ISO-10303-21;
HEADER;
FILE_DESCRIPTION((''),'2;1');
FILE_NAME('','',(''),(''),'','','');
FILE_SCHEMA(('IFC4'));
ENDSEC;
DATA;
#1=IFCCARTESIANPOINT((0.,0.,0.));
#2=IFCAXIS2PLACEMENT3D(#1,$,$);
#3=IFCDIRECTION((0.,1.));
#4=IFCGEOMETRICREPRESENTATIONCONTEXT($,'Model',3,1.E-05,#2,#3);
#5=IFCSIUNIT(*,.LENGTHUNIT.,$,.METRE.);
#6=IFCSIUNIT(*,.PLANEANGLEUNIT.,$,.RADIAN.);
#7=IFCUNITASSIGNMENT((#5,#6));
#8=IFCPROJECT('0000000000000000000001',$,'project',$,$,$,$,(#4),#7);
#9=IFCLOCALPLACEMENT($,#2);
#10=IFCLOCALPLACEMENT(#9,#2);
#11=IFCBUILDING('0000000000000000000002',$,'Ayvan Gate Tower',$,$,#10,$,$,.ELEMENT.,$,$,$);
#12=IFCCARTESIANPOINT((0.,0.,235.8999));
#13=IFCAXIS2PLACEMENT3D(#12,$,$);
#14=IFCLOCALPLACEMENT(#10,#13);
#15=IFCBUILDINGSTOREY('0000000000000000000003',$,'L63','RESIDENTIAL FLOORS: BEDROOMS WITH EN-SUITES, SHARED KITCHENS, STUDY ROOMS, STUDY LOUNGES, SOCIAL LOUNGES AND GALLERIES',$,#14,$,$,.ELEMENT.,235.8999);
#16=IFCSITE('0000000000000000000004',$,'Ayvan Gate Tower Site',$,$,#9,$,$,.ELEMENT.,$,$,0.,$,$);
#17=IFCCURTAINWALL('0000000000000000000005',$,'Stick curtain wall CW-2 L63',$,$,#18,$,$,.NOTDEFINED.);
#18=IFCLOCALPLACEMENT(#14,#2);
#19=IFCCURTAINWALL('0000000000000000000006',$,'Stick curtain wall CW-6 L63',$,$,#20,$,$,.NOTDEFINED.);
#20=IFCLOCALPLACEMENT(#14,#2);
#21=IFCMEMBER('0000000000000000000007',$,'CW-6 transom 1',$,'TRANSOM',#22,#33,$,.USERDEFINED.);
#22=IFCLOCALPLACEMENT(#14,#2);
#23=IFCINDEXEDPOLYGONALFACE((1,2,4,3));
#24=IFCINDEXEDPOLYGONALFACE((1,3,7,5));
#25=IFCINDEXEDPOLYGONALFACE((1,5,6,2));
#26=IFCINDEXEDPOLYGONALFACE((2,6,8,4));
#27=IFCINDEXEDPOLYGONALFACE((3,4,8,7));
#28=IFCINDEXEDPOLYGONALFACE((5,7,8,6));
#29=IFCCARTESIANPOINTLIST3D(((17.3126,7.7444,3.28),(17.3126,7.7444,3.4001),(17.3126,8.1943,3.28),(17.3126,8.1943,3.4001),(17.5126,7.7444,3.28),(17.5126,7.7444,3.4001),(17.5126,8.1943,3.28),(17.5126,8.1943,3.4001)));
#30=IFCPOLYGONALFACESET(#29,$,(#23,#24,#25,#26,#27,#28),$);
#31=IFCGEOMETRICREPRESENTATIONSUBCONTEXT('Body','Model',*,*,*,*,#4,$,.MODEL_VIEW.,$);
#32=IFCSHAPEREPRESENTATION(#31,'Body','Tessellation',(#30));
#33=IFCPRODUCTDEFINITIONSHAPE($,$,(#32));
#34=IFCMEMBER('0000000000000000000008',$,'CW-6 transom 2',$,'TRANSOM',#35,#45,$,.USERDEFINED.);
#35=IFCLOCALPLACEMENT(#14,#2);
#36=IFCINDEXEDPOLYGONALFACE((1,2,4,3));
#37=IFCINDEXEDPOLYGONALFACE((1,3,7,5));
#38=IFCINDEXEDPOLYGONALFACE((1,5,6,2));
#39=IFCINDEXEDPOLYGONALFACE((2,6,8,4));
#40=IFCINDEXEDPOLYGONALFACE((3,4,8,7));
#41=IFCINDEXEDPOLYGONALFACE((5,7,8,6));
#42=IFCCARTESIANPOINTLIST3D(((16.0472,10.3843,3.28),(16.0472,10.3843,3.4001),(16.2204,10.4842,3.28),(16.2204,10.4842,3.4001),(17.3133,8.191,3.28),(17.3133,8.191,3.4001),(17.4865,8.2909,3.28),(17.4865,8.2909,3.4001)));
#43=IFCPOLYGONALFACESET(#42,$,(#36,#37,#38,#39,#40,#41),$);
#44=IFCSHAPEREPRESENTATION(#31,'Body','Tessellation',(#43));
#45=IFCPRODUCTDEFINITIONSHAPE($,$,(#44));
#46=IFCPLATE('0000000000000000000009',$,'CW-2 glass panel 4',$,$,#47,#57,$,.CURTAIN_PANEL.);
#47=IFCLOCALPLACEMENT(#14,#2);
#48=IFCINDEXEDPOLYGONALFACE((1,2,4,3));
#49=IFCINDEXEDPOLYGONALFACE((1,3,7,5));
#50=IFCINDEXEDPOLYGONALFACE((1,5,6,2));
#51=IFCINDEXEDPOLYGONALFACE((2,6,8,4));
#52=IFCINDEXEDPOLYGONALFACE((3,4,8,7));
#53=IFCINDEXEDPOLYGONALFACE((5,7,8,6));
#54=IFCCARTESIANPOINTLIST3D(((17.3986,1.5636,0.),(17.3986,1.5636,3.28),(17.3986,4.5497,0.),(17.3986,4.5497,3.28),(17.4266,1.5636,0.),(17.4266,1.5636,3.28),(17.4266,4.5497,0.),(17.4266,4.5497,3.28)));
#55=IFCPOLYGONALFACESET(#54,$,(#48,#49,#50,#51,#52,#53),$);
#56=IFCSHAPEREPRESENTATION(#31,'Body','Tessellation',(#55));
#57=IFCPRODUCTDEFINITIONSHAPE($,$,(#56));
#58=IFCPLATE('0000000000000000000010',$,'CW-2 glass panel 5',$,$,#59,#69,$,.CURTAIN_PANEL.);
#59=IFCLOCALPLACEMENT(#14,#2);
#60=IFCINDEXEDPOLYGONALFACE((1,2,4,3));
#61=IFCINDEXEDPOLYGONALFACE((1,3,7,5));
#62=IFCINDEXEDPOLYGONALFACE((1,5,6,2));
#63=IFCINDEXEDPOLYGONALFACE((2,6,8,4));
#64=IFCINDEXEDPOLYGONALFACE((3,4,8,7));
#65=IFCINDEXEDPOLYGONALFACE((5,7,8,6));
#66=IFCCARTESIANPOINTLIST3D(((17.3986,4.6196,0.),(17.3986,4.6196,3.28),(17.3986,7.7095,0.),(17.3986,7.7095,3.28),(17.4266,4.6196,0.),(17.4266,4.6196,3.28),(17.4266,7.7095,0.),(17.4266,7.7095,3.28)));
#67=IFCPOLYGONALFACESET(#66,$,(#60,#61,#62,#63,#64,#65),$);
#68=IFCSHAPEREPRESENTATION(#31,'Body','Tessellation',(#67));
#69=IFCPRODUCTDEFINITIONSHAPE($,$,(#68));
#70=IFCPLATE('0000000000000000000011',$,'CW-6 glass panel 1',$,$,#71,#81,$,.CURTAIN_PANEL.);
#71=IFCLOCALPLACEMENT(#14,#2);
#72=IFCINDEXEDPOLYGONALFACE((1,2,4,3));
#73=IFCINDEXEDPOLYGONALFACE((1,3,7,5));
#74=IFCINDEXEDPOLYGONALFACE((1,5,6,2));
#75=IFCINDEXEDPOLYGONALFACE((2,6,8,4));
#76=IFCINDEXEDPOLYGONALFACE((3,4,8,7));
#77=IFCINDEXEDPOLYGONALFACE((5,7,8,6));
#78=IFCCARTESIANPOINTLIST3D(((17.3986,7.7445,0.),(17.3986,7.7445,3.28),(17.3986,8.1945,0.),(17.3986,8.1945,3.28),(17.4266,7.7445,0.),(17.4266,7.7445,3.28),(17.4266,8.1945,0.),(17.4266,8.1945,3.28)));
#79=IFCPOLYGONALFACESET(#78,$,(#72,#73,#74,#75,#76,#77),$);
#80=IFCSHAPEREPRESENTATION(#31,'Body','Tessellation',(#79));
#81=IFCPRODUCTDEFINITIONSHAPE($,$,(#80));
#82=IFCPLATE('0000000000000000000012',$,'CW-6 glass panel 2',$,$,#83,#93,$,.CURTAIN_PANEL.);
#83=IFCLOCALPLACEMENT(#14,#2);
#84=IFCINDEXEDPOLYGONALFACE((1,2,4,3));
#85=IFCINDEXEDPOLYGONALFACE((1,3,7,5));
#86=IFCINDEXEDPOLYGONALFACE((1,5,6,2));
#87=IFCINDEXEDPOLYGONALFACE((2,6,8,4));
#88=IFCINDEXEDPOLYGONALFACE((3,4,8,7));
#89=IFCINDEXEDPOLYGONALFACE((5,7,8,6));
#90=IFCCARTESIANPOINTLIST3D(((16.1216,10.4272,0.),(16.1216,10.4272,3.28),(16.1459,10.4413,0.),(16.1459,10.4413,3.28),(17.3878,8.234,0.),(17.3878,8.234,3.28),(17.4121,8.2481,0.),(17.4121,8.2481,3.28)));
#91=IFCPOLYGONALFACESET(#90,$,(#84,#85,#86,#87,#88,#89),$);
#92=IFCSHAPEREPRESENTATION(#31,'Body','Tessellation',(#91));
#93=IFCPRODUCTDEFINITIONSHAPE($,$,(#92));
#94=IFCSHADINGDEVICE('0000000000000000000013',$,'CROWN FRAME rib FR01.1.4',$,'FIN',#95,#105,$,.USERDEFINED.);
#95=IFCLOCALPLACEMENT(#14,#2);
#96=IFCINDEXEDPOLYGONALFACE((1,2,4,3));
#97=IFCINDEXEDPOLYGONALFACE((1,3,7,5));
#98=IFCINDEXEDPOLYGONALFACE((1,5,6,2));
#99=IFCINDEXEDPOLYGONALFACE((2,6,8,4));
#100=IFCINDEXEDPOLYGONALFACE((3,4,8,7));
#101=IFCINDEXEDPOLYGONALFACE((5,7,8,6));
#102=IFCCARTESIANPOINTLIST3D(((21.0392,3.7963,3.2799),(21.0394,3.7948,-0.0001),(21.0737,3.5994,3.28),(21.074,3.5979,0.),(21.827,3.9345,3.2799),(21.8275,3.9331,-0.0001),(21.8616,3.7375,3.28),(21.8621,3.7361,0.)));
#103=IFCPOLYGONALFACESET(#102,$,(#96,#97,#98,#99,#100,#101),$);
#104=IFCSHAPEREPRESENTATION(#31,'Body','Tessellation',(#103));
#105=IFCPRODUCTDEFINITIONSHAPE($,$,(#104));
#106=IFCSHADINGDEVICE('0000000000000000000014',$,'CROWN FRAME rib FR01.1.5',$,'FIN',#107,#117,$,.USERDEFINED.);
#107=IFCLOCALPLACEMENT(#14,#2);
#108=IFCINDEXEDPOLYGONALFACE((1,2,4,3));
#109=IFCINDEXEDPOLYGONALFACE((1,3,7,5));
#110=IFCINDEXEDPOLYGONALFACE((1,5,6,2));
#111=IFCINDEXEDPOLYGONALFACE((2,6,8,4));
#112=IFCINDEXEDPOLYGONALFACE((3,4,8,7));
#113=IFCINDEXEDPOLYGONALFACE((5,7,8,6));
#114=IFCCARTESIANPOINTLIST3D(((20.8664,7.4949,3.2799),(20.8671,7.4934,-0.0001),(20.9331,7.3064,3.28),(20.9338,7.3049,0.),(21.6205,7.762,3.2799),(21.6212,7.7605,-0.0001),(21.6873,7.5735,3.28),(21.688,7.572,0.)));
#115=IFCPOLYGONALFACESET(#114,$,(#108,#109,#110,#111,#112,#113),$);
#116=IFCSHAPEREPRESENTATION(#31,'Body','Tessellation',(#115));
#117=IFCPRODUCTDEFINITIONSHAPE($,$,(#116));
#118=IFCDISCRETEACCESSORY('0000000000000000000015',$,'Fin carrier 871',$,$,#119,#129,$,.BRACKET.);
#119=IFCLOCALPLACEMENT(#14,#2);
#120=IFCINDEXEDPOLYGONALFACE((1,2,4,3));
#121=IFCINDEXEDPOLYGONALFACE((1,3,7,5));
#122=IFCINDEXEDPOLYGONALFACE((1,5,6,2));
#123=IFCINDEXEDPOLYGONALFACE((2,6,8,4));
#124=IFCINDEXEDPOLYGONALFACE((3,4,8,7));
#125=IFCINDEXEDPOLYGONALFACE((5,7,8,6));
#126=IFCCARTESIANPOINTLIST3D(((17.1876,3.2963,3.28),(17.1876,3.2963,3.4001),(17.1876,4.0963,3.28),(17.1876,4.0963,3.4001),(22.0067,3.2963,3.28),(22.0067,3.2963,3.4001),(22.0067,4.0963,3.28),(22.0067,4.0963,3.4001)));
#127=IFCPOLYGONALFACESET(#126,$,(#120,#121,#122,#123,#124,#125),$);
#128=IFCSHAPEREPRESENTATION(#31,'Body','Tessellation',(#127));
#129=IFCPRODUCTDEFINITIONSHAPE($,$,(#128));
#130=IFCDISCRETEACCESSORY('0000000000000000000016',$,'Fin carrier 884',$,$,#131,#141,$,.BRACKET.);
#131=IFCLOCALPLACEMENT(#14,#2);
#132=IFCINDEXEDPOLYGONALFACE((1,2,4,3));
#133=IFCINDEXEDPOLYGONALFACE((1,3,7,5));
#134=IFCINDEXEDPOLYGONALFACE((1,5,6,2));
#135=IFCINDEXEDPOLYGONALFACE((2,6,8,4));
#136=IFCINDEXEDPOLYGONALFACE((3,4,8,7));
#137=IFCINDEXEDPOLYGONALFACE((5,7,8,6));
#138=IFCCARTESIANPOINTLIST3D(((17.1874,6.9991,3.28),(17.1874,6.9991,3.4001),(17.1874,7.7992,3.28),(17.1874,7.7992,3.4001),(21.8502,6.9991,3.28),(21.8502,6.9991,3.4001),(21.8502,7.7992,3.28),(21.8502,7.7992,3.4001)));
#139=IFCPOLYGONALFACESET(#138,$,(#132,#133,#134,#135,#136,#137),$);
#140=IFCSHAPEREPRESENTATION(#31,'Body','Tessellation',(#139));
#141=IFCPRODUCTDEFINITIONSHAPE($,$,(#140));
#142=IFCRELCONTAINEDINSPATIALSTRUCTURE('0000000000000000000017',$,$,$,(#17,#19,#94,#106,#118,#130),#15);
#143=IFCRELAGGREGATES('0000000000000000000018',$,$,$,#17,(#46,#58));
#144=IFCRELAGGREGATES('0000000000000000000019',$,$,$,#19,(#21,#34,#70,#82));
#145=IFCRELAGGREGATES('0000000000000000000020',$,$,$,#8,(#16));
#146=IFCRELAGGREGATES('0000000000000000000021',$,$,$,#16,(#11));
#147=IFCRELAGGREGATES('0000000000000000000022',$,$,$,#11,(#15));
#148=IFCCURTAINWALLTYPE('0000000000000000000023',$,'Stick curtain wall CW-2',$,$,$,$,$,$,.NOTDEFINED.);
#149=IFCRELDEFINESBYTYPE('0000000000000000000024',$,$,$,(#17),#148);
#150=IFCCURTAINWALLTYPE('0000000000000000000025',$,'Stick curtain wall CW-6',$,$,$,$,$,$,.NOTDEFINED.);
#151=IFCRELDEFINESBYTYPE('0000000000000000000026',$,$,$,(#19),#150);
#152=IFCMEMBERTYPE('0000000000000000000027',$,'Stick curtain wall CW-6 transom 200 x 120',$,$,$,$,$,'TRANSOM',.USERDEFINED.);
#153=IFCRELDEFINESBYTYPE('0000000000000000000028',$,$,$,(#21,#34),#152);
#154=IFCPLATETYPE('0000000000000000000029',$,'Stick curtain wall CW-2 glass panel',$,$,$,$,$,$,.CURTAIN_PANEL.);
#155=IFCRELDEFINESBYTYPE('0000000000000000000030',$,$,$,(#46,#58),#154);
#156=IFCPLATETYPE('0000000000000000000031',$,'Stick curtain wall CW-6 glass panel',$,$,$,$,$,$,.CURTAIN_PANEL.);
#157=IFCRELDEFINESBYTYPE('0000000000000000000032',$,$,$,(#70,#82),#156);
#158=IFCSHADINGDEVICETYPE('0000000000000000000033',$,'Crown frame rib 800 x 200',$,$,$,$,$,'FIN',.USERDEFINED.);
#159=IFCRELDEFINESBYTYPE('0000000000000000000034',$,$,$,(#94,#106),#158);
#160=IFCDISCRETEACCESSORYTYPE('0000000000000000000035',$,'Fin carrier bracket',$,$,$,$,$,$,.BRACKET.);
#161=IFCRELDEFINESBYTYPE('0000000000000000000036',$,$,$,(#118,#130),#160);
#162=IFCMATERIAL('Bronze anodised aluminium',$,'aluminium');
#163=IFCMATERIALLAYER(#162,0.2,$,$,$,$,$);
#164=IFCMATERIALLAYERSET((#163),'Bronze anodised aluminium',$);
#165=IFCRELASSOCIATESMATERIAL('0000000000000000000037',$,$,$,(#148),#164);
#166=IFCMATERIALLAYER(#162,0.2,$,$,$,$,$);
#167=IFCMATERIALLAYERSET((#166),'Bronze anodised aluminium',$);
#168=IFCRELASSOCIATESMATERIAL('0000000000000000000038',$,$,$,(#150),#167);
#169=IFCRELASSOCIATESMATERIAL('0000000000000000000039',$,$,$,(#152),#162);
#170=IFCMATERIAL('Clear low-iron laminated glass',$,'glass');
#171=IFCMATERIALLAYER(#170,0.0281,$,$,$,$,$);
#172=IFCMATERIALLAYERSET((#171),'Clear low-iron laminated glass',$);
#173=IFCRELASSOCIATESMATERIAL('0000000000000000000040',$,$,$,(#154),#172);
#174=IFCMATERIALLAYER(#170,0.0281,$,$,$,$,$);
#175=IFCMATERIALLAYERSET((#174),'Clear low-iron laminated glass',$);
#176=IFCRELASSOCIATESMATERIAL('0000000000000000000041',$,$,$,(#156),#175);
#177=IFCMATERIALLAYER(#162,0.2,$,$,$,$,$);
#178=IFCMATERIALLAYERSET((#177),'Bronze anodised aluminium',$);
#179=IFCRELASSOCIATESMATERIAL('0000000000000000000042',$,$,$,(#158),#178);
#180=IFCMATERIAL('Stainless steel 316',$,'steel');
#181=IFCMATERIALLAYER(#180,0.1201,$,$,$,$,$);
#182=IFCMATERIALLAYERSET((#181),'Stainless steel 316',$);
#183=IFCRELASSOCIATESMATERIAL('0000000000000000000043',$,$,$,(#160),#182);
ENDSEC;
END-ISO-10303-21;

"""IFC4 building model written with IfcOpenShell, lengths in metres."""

from ifc_helpers import new_model, si_unit, direction, frame, origin, origin_2d, place, context, subcontext, project, spatial, polyline, rectangle, outline, extrude, material, layer, layer_set, material_profile, profile_set, type_object, element, aggregate, save


model = new_model("IFC4")

# Units and contexts
model_context = context("Model", 3, precision=1e-05, world=origin(), true_north=direction((0.0, 1.0)))
body_context = subcontext(model_context, "Body", "Model", "MODEL_VIEW")
ifc_project = project(units=[si_unit("LENGTHUNIT", "METRE"), si_unit("PLANEANGLEUNIT", "RADIAN")], contexts=[model_context])

# Site, building, storey
site_placement = place(None, origin())
site = spatial("IfcSite", under=ifc_project, at=site_placement, Name="Ayvan Gate Tower Site", CompositionType="ELEMENT", RefElevation=0.0)
building_placement = place(site_placement, origin())
building = spatial("IfcBuilding", under=site, at=building_placement, Name="Ayvan Gate Tower", CompositionType="ELEMENT")
storey_placement = place(building_placement, frame((0.0, 0.0, 235.8999)))
storey = spatial("IfcBuildingStorey", under=building, at=storey_placement, Name="L63", Description="RESIDENTIAL FLOORS: BEDROOMS WITH EN-SUITES, SHARED KITCHENS, STUDY ROOMS, STUDY LOUNGES, SOCIAL LOUNGES AND GALLERIES", CompositionType="ELEMENT", Elevation=235.8999)

# Curtain walls, members
ifc_material_1 = material(Name="Bronze anodised aluminium", Category="aluminium")
ifc_layer_1 = layer(ifc_material_1, 0.2)
ifc_layer_set_1 = layer_set([ifc_layer_1], Name="Bronze anodised aluminium")
curtain_wall_type_1 = type_object("IfcCurtainWallType", Name="Stick curtain wall CW-2", PredefinedType="NOTDEFINED", material=ifc_layer_set_1)
curtain_wall_1_placement = place(storey_placement, origin())
curtain_wall_1 = element("IfcCurtainWall", 1, at=curtain_wall_1_placement, inside=storey, type_object=curtain_wall_type_1, Name="Stick curtain wall CW-2 L63", PredefinedType="NOTDEFINED")
ifc_layer_2 = layer(ifc_material_1, 0.2)
ifc_layer_set_2 = layer_set([ifc_layer_2], Name="Bronze anodised aluminium")
curtain_wall_type_2 = type_object("IfcCurtainWallType", Name="Stick curtain wall CW-6", PredefinedType="NOTDEFINED", material=ifc_layer_set_2)
curtain_wall_2_placement = place(storey_placement, origin())
curtain_wall_2 = element("IfcCurtainWall", 2, at=curtain_wall_2_placement, inside=storey, type_object=curtain_wall_type_2, Name="Stick curtain wall CW-6 L63", PredefinedType="NOTDEFINED")
ifc_material_profile_1 = material_profile(ifc_material_1, rectangle(XDim=0.2, YDim=0.1201, at=origin_2d()), Name="Stick curtain wall CW-6 transom 200 x 120")
ifc_profile_set_1 = profile_set([ifc_material_profile_1], Name="Bronze anodised aluminium")
member_type_1 = type_object("IfcMemberType", Name="Stick curtain wall CW-6 transom 200 x 120", ElementType="TRANSOM", PredefinedType="USERDEFINED", material=ifc_profile_set_1)
member_1_placement = place(storey_placement, frame((17.4126, 7.7444, 3.3401), z_axis=(0.0, 1.0, 0.0), x_axis=(-1.0, 0.0, 0.0)))
member_1 = element("IfcMember", 3, at=member_1_placement, type_object=member_type_1, Name="CW-6 transom 1", ObjectType="TRANSOM", PredefinedType="USERDEFINED", context=body_context, shape_type="SweptSolid", body=[
    extrude(rectangle(XDim=0.2, YDim=0.1201, at=origin_2d()), origin(), (0.0, 0.0, 1.0), 0.45),
])
member_2_placement = place(storey_placement, frame((17.3999, 8.241, 3.3401), z_axis=(-0.499934, 0.866064, 0.0), x_axis=(-0.866064, -0.499934, 0.0)))
member_2 = element("IfcMember", 4, at=member_2_placement, type_object=member_type_1, Name="CW-6 transom 2", ObjectType="TRANSOM", PredefinedType="USERDEFINED", context=body_context, shape_type="SweptSolid", body=[
    extrude(rectangle(XDim=0.2, YDim=0.1201, at=origin_2d()), origin(), (0.0, 0.0, 1.0), 2.5325),
])

# Plates
ifc_material_2 = material(Name="Clear low-iron laminated glass", Category="glass")
ifc_layer_3 = layer(ifc_material_2, 0.0281)
ifc_layer_set_3 = layer_set([ifc_layer_3], Name="Clear low-iron laminated glass")
plate_type_1 = type_object("IfcPlateType", Name="Stick curtain wall CW-2 glass panel", PredefinedType="CURTAIN_PANEL", material=ifc_layer_set_3)
plate_1_placement = place(storey_placement, frame((17.4126, 3.0566, 0.0), z_axis=(0.0, 0.0, 1.0), x_axis=(0.0, 1.0, 0.0)))
plate_1 = element("IfcPlate", 5, at=plate_1_placement, type_object=plate_type_1, Name="CW-2 glass panel 4", PredefinedType="CURTAIN_PANEL", context=body_context, shape_type="SweptSolid", body=[
    extrude(rectangle(XDim=2.9861, YDim=0.0281, at=origin_2d()), origin(), (0.0, 0.0, 1.0), 3.28),
])
plate_2_placement = place(storey_placement, frame((17.4126, 6.1646, 0.0), z_axis=(0.0, 0.0, 1.0), x_axis=(0.0, 1.0, 0.0)))
plate_2 = element("IfcPlate", 6, at=plate_2_placement, type_object=plate_type_1, Name="CW-2 glass panel 5", PredefinedType="CURTAIN_PANEL", context=body_context, shape_type="SweptSolid", body=[
    extrude(rectangle(XDim=3.0898, YDim=0.0281, at=origin_2d()), origin(), (0.0, 0.0, 1.0), 3.28),
])
aggregate(curtain_wall_1, [plate_1, plate_2])
ifc_layer_4 = layer(ifc_material_2, 0.0281)
ifc_layer_set_4 = layer_set([ifc_layer_4], Name="Clear low-iron laminated glass")
plate_type_2 = type_object("IfcPlateType", Name="Stick curtain wall CW-6 glass panel", PredefinedType="CURTAIN_PANEL", material=ifc_layer_set_4)
plate_3_placement = place(storey_placement, frame((17.4126, 7.9695, 0.0), z_axis=(0.0, 0.0, 1.0), x_axis=(0.0, 1.0, 0.0)))
plate_3 = element("IfcPlate", 7, at=plate_3_placement, type_object=plate_type_2, Name="CW-6 glass panel 1", PredefinedType="CURTAIN_PANEL", context=body_context, shape_type="SweptSolid", body=[
    extrude(rectangle(XDim=0.45, YDim=0.0281, at=origin_2d()), origin(), (0.0, 0.0, 1.0), 3.28),
])
plate_4_placement = place(storey_placement, frame((16.7668, 9.3376, 0.0), z_axis=(0.0, 0.0, 1.0), x_axis=(-0.5, 0.866025, 0.0)))
plate_4 = element("IfcPlate", 8, at=plate_4_placement, type_object=plate_type_2, Name="CW-6 glass panel 2", PredefinedType="CURTAIN_PANEL", context=body_context, shape_type="SweptSolid", body=[
    extrude(rectangle(XDim=2.5325, YDim=0.0281, at=origin_2d()), origin(), (0.0, 0.0, 1.0), 3.28),
])
aggregate(curtain_wall_2, [member_1, member_2, plate_3, plate_4])

# Shading devices
ifc_layer_5 = layer(ifc_material_1, 0.2)
ifc_layer_set_5 = layer_set([ifc_layer_5], Name="Bronze anodised aluminium")
shading_device_type = type_object("IfcShadingDeviceType", Name="Crown frame rib 800 x 200", ElementType="FIN", PredefinedType="USERDEFINED", material=ifc_layer_set_5)
shading_device_1_placement = place(storey_placement, frame((21.074, 3.5979, 0.0), z_axis=(0.172732, -0.984969, 0.000459), x_axis=(0.984969, 0.172732, 0.0)))
element("IfcShadingDevice", 9, at=shading_device_1_placement, inside=storey, type_object=shading_device_type, Name="CROWN FRAME rib FR01.1.4", ObjectType="FIN", PredefinedType="USERDEFINED", context=body_context, shape_type="SweptSolid", body=[
    extrude(outline(polyline([(0.0, 0.0), (0.8001, 0.0), (0.7999, 3.28), (0.0, 3.28), (0.0, 0.0)])), origin(), (0.0, 0.0, -1.0), 0.2),
])
shading_device_2_placement = place(storey_placement, frame((20.9338, 7.3049, 0.0), z_axis=(0.333841, -0.942629, 0.000496), x_axis=(0.942629, 0.333841, 0.0)))
element("IfcShadingDevice", 10, at=shading_device_2_placement, inside=storey, type_object=shading_device_type, Name="CROWN FRAME rib FR01.1.5", ObjectType="FIN", PredefinedType="USERDEFINED", context=body_context, shape_type="SweptSolid", body=[
    extrude(outline(polyline([(0.0, 0.0), (0.8, 0.0), (0.7998, 3.28), (-0.0002, 3.28), (0.0, 0.0)])), origin(), (0.0, 0.0, -1.0), 0.2),
])

# Discrete accessories
ifc_material_3 = material(Name="Stainless steel 316", Category="steel")
ifc_layer_6 = layer(ifc_material_3, 0.1201)
ifc_layer_set_6 = layer_set([ifc_layer_6], Name="Stainless steel 316")
discrete_accessory_type = type_object("IfcDiscreteAccessoryType", Name="Fin carrier bracket", PredefinedType="BRACKET", material=ifc_layer_set_6)
discrete_accessory_1_placement = place(storey_placement, frame((19.5972, 3.6963, 3.28), z_axis=(0.0, 0.0, 1.0), x_axis=(0.0, 1.0, 0.0)))
element("IfcDiscreteAccessory", 11, at=discrete_accessory_1_placement, inside=storey, type_object=discrete_accessory_type, Name="Fin carrier 871", PredefinedType="BRACKET", context=body_context, shape_type="SweptSolid", body=[
    extrude(rectangle(XDim=0.8, YDim=4.8191, at=origin_2d()), origin(), (0.0, 0.0, 1.0), 0.1201),
])
discrete_accessory_2_placement = place(storey_placement, frame((19.5188, 7.3992, 3.28), z_axis=(0.0, 0.0, 1.0), x_axis=(0.0, 1.0, 0.0)))
element("IfcDiscreteAccessory", 12, at=discrete_accessory_2_placement, inside=storey, type_object=discrete_accessory_type, Name="Fin carrier 884", PredefinedType="BRACKET", context=body_context, shape_type="SweptSolid", body=[
    extrude(rectangle(XDim=0.8, YDim=4.6628, at=origin_2d()), origin(), (0.0, 0.0, 1.0), 0.1201),
])

save(model, "model.ifc")
